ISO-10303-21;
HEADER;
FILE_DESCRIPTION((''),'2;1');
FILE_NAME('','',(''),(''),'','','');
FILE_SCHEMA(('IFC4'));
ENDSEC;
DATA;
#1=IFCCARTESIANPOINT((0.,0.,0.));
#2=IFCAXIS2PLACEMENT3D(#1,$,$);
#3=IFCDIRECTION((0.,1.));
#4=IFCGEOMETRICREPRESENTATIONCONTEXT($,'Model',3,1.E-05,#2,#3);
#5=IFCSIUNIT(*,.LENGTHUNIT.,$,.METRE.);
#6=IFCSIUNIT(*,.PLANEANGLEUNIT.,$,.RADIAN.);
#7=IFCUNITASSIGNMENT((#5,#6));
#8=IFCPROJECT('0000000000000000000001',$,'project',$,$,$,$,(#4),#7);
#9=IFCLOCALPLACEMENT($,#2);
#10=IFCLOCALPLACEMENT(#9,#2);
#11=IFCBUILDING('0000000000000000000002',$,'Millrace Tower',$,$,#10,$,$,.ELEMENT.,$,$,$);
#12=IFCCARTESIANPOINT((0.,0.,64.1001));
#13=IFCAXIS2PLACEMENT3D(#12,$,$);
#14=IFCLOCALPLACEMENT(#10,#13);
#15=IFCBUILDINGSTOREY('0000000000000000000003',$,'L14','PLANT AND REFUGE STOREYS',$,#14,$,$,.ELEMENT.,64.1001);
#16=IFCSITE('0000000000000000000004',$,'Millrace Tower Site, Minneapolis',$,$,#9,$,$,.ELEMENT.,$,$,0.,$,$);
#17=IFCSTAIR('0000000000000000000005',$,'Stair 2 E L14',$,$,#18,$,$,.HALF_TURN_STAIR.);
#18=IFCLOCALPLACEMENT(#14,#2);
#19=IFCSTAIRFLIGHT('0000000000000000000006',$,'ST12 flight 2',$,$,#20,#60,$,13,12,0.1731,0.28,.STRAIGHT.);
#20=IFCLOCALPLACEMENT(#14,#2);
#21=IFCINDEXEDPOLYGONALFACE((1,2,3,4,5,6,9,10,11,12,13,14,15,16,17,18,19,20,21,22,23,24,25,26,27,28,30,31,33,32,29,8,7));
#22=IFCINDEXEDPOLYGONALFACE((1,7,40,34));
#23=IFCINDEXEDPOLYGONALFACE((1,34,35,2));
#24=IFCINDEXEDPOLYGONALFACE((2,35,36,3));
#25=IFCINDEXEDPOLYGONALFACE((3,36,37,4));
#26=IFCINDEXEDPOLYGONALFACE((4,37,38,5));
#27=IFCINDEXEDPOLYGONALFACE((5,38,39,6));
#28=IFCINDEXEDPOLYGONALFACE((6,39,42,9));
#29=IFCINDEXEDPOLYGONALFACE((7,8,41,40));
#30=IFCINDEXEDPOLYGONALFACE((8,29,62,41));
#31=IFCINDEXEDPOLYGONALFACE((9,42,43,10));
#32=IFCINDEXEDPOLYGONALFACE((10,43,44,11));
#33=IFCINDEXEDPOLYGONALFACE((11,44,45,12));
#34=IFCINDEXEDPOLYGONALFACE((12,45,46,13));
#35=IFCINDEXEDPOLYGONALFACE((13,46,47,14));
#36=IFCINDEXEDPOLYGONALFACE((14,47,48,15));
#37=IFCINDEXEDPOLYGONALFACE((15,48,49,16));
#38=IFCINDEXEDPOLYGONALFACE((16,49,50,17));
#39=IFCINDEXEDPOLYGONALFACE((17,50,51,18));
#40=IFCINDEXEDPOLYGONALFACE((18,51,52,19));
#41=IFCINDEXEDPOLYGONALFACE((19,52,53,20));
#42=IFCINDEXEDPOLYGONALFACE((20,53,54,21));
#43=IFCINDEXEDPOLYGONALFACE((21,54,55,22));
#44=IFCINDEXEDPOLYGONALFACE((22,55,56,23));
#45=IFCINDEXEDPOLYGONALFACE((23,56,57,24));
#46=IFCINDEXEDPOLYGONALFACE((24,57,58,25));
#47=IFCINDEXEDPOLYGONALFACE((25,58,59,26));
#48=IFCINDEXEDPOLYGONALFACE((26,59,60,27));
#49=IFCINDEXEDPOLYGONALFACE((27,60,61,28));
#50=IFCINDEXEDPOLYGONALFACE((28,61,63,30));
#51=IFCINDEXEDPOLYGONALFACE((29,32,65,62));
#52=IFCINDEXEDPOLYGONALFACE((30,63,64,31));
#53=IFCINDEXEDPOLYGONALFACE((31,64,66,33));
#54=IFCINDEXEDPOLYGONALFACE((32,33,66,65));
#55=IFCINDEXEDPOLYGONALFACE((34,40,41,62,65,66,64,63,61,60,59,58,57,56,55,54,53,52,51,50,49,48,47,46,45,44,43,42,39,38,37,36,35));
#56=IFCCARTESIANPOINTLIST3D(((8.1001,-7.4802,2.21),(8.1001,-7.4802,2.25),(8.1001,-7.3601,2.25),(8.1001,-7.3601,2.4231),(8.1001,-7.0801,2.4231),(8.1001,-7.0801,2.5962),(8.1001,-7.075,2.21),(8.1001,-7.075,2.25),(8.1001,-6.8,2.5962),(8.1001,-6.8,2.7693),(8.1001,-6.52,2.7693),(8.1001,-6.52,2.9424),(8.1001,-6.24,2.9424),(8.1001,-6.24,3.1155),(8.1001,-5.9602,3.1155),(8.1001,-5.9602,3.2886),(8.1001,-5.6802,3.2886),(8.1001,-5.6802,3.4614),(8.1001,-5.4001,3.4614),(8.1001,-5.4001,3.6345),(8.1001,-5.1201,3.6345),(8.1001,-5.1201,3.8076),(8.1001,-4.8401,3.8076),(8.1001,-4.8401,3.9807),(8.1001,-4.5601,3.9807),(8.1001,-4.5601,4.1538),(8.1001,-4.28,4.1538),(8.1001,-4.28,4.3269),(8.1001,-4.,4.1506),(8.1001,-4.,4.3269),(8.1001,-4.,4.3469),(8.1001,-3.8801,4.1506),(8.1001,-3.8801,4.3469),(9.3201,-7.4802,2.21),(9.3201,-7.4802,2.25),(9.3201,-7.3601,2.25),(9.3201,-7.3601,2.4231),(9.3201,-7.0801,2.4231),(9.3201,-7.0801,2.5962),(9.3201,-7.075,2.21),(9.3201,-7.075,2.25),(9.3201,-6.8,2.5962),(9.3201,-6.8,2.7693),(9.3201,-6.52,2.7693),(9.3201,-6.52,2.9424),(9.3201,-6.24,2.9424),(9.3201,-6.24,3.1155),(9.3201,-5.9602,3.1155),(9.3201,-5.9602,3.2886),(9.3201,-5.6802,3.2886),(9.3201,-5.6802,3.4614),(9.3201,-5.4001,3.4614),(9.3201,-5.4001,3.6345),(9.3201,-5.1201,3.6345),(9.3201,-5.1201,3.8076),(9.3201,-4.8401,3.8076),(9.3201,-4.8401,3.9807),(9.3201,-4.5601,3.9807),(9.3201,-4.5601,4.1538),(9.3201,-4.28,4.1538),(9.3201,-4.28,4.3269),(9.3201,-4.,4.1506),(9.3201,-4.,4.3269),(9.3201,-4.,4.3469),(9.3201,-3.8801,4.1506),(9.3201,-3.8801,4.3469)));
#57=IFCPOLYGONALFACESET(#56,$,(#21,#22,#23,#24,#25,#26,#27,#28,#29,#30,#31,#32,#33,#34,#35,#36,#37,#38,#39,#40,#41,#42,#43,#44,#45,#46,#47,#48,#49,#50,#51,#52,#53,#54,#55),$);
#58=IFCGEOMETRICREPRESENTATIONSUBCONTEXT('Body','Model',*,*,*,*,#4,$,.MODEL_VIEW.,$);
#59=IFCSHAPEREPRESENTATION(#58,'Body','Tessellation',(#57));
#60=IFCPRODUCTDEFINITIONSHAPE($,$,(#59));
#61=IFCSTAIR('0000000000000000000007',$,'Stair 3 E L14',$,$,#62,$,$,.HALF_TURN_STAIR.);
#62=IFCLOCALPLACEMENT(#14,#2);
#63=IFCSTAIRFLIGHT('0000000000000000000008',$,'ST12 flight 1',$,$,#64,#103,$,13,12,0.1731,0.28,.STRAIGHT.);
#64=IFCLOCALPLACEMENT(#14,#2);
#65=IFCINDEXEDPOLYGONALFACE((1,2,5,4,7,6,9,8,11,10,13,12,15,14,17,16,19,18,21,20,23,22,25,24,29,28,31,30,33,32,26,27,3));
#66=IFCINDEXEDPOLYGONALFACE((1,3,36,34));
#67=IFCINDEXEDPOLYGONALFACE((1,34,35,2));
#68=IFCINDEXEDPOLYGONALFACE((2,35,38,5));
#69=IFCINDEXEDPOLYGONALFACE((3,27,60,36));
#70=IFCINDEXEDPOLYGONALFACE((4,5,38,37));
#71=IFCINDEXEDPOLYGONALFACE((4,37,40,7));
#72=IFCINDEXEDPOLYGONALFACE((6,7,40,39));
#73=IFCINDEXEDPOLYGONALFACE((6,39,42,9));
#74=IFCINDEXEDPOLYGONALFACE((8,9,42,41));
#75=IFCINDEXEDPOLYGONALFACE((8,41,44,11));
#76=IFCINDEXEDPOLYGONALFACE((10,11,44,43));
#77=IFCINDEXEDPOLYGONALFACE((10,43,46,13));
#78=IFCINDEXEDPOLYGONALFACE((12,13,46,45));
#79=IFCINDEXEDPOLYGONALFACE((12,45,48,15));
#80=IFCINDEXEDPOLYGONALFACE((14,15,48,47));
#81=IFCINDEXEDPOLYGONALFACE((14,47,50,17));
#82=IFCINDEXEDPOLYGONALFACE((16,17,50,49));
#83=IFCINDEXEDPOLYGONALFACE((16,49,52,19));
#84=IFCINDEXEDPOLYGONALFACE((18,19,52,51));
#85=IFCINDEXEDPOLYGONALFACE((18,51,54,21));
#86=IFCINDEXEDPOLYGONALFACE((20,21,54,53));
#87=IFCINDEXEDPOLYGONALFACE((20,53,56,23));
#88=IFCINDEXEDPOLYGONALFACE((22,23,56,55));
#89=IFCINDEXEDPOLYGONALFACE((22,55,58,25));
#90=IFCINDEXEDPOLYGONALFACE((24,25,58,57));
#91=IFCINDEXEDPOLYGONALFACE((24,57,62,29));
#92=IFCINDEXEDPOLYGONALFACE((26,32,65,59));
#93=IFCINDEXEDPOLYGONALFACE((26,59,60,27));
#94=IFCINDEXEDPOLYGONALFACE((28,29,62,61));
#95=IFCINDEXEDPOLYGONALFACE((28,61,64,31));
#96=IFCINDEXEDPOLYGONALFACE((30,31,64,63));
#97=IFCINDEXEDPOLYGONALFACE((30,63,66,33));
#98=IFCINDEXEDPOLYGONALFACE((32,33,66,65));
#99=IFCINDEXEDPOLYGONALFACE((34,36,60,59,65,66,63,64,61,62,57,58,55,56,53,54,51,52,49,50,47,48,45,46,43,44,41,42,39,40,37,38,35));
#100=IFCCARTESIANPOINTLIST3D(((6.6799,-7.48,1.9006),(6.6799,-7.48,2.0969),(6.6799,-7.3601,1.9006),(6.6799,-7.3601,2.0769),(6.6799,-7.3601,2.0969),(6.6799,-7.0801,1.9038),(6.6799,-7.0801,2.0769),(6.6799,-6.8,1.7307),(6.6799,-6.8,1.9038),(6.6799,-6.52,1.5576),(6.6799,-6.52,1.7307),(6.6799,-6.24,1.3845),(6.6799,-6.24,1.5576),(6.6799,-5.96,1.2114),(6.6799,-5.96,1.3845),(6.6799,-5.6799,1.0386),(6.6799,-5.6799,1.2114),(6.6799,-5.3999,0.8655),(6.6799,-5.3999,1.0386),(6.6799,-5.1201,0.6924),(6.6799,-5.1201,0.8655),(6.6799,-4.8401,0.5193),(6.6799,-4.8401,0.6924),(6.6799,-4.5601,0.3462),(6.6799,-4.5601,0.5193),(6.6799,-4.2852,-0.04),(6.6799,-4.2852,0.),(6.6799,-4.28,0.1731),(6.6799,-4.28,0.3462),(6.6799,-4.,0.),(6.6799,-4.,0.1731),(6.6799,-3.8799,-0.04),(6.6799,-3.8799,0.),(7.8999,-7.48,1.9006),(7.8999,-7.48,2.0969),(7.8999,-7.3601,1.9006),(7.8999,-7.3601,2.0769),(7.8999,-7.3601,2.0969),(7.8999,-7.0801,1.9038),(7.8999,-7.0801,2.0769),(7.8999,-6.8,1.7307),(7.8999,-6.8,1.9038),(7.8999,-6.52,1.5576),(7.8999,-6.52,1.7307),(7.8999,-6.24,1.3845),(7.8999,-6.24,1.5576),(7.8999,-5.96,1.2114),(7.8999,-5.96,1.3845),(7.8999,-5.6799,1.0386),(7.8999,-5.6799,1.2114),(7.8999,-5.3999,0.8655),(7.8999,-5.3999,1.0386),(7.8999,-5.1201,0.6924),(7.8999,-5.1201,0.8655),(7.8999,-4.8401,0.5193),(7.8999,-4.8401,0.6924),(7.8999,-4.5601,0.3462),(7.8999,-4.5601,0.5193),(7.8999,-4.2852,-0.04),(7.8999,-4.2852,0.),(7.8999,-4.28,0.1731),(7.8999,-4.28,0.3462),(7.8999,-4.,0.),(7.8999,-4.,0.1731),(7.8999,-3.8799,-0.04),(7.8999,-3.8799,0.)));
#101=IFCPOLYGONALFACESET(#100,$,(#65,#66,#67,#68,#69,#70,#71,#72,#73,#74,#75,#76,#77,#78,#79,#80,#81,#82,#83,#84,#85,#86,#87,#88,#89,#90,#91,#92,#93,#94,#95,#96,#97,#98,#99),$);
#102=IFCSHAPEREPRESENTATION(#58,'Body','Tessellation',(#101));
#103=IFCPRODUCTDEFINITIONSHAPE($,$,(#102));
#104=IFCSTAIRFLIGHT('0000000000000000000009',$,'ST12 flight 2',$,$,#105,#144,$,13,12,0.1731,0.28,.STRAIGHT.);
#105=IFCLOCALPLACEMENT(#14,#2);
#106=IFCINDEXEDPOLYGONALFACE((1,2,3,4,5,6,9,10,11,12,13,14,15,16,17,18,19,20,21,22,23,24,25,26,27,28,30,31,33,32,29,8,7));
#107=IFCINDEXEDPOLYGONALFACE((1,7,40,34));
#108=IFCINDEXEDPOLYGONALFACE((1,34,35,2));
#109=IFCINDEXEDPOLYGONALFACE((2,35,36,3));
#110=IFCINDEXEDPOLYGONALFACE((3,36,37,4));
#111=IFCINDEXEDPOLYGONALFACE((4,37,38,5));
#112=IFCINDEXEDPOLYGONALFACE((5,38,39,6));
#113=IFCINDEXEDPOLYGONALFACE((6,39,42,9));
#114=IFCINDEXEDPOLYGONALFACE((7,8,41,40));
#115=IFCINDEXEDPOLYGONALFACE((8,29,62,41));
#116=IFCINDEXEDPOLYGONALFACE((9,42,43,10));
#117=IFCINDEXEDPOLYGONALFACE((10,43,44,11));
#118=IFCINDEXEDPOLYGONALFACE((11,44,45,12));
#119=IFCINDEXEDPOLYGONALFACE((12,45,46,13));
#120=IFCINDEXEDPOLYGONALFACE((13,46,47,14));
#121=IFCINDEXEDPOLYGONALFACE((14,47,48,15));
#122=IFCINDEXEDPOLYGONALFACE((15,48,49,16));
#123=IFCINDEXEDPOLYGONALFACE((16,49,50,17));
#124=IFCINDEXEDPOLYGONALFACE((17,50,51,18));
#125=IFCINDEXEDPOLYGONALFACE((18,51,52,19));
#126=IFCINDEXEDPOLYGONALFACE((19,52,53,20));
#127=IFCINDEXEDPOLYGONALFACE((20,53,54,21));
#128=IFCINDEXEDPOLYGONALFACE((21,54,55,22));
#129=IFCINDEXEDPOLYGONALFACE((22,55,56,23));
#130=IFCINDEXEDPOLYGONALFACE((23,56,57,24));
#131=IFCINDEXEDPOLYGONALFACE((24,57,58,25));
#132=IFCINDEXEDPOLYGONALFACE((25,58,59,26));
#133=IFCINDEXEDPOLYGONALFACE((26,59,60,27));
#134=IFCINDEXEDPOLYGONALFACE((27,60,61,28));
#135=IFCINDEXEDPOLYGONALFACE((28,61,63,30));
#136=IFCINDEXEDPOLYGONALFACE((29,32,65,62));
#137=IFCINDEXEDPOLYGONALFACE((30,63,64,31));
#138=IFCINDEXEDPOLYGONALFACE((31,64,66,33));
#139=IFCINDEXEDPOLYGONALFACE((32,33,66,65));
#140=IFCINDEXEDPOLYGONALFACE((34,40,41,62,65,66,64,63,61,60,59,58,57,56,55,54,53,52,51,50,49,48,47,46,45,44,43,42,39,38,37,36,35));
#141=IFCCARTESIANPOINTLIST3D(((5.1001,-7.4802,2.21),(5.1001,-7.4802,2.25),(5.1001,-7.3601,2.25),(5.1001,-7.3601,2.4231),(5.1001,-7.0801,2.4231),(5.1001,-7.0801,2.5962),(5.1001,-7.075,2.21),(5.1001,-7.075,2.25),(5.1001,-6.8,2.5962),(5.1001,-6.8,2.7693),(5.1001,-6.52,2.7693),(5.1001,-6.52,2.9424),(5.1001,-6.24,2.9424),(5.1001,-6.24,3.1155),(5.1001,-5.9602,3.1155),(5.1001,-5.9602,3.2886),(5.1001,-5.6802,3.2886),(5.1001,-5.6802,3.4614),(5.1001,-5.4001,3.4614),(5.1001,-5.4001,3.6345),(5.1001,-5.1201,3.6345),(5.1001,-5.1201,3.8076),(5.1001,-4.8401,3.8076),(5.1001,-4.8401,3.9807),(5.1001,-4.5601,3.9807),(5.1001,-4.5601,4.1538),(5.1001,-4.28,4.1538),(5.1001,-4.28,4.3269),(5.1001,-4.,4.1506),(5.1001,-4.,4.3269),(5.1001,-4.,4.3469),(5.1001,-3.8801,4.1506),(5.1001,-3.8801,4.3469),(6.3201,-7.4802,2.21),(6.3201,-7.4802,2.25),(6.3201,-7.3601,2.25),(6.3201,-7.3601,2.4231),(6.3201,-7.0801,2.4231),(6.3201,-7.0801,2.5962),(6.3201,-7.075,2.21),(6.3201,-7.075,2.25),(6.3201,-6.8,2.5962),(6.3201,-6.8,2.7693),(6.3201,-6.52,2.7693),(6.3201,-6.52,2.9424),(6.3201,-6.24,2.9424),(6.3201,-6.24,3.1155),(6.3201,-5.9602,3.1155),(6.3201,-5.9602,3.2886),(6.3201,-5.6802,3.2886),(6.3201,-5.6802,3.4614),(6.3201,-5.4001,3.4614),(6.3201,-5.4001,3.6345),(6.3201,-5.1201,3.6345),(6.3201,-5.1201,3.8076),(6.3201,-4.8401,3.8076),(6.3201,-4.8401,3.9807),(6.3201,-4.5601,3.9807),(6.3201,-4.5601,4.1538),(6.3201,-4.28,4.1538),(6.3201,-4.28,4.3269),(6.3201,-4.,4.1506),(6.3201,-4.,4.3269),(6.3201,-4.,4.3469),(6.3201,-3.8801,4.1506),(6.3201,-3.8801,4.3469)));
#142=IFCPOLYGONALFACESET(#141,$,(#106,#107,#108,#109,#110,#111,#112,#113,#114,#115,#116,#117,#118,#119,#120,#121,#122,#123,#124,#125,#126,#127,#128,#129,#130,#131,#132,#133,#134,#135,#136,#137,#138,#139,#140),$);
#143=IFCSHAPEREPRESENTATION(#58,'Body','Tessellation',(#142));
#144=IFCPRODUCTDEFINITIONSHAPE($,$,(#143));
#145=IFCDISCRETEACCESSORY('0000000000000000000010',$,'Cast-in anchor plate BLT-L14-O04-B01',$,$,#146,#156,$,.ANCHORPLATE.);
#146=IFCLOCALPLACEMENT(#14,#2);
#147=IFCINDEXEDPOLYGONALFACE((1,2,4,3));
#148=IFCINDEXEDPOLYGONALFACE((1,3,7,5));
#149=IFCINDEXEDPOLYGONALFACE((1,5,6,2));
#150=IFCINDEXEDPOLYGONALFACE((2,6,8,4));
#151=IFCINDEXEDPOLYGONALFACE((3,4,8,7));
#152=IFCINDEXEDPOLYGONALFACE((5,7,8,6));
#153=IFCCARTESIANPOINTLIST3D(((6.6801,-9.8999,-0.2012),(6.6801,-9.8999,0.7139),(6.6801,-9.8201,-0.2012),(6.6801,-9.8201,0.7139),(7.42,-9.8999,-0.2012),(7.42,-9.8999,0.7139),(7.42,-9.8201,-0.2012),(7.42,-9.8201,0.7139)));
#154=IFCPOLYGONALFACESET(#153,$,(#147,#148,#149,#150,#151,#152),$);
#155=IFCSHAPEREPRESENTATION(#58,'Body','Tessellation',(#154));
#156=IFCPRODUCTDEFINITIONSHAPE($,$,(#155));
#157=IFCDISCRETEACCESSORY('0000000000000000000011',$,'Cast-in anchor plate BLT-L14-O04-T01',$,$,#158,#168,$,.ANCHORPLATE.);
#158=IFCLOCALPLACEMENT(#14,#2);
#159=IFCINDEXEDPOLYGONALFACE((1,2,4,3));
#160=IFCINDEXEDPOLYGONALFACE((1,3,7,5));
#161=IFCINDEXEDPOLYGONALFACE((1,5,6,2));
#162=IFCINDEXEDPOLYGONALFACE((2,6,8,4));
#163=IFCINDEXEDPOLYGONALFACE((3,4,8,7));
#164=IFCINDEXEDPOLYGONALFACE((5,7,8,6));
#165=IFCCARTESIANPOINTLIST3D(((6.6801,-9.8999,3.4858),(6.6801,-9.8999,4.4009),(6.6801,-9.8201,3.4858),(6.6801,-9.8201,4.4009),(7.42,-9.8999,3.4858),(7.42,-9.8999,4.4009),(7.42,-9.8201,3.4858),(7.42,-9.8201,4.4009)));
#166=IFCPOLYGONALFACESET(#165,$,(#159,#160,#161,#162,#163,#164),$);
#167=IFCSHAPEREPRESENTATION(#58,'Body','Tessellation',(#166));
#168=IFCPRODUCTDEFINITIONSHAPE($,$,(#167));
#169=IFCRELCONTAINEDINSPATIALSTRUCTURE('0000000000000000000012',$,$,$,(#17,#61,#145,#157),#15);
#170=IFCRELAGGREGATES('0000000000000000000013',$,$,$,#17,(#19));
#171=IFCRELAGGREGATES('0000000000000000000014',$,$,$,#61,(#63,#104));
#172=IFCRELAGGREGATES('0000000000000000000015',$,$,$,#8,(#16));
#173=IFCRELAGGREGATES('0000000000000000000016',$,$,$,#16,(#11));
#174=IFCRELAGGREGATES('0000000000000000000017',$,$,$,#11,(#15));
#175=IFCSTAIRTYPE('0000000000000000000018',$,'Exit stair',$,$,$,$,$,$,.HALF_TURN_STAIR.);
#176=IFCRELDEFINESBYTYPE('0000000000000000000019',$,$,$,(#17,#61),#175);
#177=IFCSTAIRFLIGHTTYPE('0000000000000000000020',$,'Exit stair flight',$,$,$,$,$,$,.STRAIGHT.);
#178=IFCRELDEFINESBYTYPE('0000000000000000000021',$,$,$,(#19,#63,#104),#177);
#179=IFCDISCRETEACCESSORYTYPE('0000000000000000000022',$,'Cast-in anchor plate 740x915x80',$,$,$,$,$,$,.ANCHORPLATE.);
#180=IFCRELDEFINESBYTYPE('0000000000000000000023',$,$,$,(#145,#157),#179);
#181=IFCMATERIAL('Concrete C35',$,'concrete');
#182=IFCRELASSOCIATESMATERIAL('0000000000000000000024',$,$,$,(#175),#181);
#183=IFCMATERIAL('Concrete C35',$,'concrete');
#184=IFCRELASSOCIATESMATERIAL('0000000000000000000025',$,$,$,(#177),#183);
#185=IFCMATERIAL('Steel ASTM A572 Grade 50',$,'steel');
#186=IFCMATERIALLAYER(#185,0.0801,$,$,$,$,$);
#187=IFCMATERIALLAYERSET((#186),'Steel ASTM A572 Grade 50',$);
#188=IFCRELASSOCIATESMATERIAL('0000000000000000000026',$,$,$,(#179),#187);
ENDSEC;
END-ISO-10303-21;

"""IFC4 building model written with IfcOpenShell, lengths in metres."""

from ifc_helpers import new_model, si_unit, direction, frame, origin, origin_2d, place, context, subcontext, project, spatial, polyline, rectangle, outline, extrude, material, layer, layer_set, type_object, element, aggregate, save


model = new_model("IFC4")

# Units and contexts
model_context = context("Model", 3, precision=1e-05, world=origin(), true_north=direction((0.0, 1.0)))
body_context = subcontext(model_context, "Body", "Model", "MODEL_VIEW")
ifc_project = project(units=[si_unit("LENGTHUNIT", "METRE"), si_unit("PLANEANGLEUNIT", "RADIAN")], contexts=[model_context])

# Site, building, storey
site_placement = place(None, origin())
site = spatial("IfcSite", under=ifc_project, at=site_placement, Name="Millrace Tower Site, Minneapolis", CompositionType="ELEMENT", RefElevation=0.0)
building_placement = place(site_placement, origin())
building = spatial("IfcBuilding", under=site, at=building_placement, Name="Millrace Tower", CompositionType="ELEMENT")
storey_placement = place(building_placement, frame((0.0, 0.0, 64.1001)))
storey = spatial("IfcBuildingStorey", under=building, at=storey_placement, Name="L14", Description="PLANT AND REFUGE STOREYS", CompositionType="ELEMENT", Elevation=64.1001)

# Stairs, stair flights
ifc_material_1 = material(Name="Concrete C35", Category="concrete")
stair_type = type_object("IfcStairType", Name="Exit stair", PredefinedType="HALF_TURN_STAIR", material=ifc_material_1)
placement = place(storey_placement, origin())
stair_1 = element("IfcStair", 1, at=placement, inside=storey, type_object=stair_type, Name="Stair 2 E L14", PredefinedType="HALF_TURN_STAIR")
ifc_material_2 = material(Name="Concrete C35", Category="concrete")
stair_flight_type = type_object("IfcStairFlightType", Name="Exit stair flight", PredefinedType="STRAIGHT", material=ifc_material_2)
stair_flight_1_placement = place(storey_placement, frame((8.71, -7.3601, 2.25), z_axis=(0.0, 0.0, 1.0), x_axis=(0.0, 1.0, 0.0)))
stair_flight_1 = element("IfcStairFlight", 2, at=stair_flight_1_placement, type_object=stair_flight_type, Name="ST12 flight 2", NumberOfRisers=13, NumberOfTreads=12, PredefinedType="STRAIGHT", RiserHeight=0.1731, TreadLength=0.28, context=body_context, shape_type="SweptSolid", body=[
    extrude(outline(polyline([(-0.1201, -0.04), (-0.1201, 0.0), (0.0, 0.0), (0.0, 0.1731), (0.28, 0.1731), (0.28, 0.3462), (0.5601, 0.3462), (0.5601, 0.5193), (0.8401, 0.5193), (0.8401, 0.6924), (1.1201, 0.6924), (1.1201, 0.8655), (1.3999, 0.8655), (1.3999, 1.0386), (1.6799, 1.0386), (1.6799, 1.2114), (1.96, 1.2114), (1.96, 1.3845), (2.24, 1.3845), (2.24, 1.5576), (2.52, 1.5576), (2.52, 1.7307), (2.8, 1.7307), (2.8, 1.9038), (3.0801, 1.9038), (3.0801, 2.0769), (3.3601, 2.0769), (3.3601, 2.0969), (3.48, 2.0969), (3.48, 1.9006), (3.3601, 1.9006), (0.2852, 0.0), (0.2852, -0.04), (-0.1201, -0.04)])), frame((0.0, 0.6099, 0.0), z_axis=(0.0, -1.0, 0.0), x_axis=(1.0, 0.0, 0.0)), (0.0, 0.0, 1.0), 1.22),
])
aggregate(stair_1, [stair_flight_1])
stair_2 = element("IfcStair", 3, at=placement, inside=storey, type_object=stair_type, Name="Stair 3 E L14", PredefinedType="HALF_TURN_STAIR")
stair_flight_2_placement = place(storey_placement, frame((7.29, -4.0, 0.0), z_axis=(0.0, 0.0, 1.0), x_axis=(0.0, -1.0, 0.0)))
stair_flight_2 = element("IfcStairFlight", 4, at=stair_flight_2_placement, type_object=stair_flight_type, Name="ST12 flight 1", NumberOfRisers=13, NumberOfTreads=12, PredefinedType="STRAIGHT", RiserHeight=0.1731, TreadLength=0.28, context=body_context, shape_type="SweptSolid", body=[
    extrude(outline(polyline([(-0.1201, -0.04), (-0.1201, 0.0), (0.0, 0.0), (0.0, 0.1731), (0.28, 0.1731), (0.28, 0.3462), (0.5601, 0.3462), (0.5601, 0.5193), (0.8401, 0.5193), (0.8401, 0.6924), (1.1201, 0.6924), (1.1201, 0.8655), (1.3999, 0.8655), (1.3999, 1.0386), (1.6799, 1.0386), (1.6799, 1.2114), (1.96, 1.2114), (1.96, 1.3845), (2.24, 1.3845), (2.24, 1.5576), (2.52, 1.5576), (2.52, 1.7307), (2.8, 1.7307), (2.8, 1.9038), (3.0801, 1.9038), (3.0801, 2.0769), (3.3601, 2.0769), (3.3601, 2.0969), (3.48, 2.0969), (3.48, 1.9006), (3.3601, 1.9006), (0.2852, 0.0), (0.2852, -0.04), (-0.1201, -0.04)])), frame((0.0, 0.6099, 0.0), z_axis=(0.0, -1.0, 0.0), x_axis=(1.0, 0.0, 0.0)), (0.0, 0.0, 1.0), 1.22),
])
stair_flight_3_placement = place(storey_placement, frame((5.71, -7.3601, 2.25), z_axis=(0.0, 0.0, 1.0), x_axis=(0.0, 1.0, 0.0)))
stair_flight_3 = element("IfcStairFlight", 5, at=stair_flight_3_placement, type_object=stair_flight_type, Name="ST12 flight 2", NumberOfRisers=13, NumberOfTreads=12, PredefinedType="STRAIGHT", RiserHeight=0.1731, TreadLength=0.28, context=body_context, shape_type="SweptSolid", body=[
    extrude(outline(polyline([(-0.1201, -0.04), (-0.1201, 0.0), (0.0, 0.0), (0.0, 0.1731), (0.28, 0.1731), (0.28, 0.3462), (0.5601, 0.3462), (0.5601, 0.5193), (0.8401, 0.5193), (0.8401, 0.6924), (1.1201, 0.6924), (1.1201, 0.8655), (1.3999, 0.8655), (1.3999, 1.0386), (1.6799, 1.0386), (1.6799, 1.2114), (1.96, 1.2114), (1.96, 1.3845), (2.24, 1.3845), (2.24, 1.5576), (2.52, 1.5576), (2.52, 1.7307), (2.8, 1.7307), (2.8, 1.9038), (3.0801, 1.9038), (3.0801, 2.0769), (3.3601, 2.0769), (3.3601, 2.0969), (3.48, 2.0969), (3.48, 1.9006), (3.3601, 1.9006), (0.2852, 0.0), (0.2852, -0.04), (-0.1201, -0.04)])), frame((0.0, 0.6099, 0.0), z_axis=(0.0, -1.0, 0.0), x_axis=(1.0, 0.0, 0.0)), (0.0, 0.0, 1.0), 1.22),
])
aggregate(stair_2, [stair_flight_2, stair_flight_3])

# Discrete accessories
ifc_material_3 = material(Name="Steel ASTM A572 Grade 50", Category="steel")
ifc_layer_1 = layer(ifc_material_3, 0.0801)
ifc_layer_set_1 = layer_set([ifc_layer_1], Name="Steel ASTM A572 Grade 50")
discrete_accessory_type = type_object("IfcDiscreteAccessoryType", Name="Cast-in anchor plate 740x915x80", PredefinedType="ANCHORPLATE", material=ifc_layer_set_1)
for number, where, z_axis, x_axis, name in (
    (6, (7.05, -9.8201, 0.2563), (0.0, -1.0, 0.0), (1.0, 0.0, 0.0), "Cast-in anchor plate BLT-L14-O04-B01"),
    (7, (7.05, -9.8201, 3.9434), (0.0, -1.0, 0.0), (1.0, 0.0, 0.0), "Cast-in anchor plate BLT-L14-O04-T01"),
):
    element("IfcDiscreteAccessory", number, at=place(storey_placement, frame(where, z_axis=z_axis, x_axis=x_axis)), inside=storey, type_object=discrete_accessory_type, Name=name, PredefinedType="ANCHORPLATE", context=body_context, shape_type="SweptSolid", body=[
        extrude(rectangle(XDim=0.74, YDim=0.915, at=origin_2d()), origin(), (0.0, 0.0, 1.0), 0.0798),
    ])

save(model, "model.ifc")
